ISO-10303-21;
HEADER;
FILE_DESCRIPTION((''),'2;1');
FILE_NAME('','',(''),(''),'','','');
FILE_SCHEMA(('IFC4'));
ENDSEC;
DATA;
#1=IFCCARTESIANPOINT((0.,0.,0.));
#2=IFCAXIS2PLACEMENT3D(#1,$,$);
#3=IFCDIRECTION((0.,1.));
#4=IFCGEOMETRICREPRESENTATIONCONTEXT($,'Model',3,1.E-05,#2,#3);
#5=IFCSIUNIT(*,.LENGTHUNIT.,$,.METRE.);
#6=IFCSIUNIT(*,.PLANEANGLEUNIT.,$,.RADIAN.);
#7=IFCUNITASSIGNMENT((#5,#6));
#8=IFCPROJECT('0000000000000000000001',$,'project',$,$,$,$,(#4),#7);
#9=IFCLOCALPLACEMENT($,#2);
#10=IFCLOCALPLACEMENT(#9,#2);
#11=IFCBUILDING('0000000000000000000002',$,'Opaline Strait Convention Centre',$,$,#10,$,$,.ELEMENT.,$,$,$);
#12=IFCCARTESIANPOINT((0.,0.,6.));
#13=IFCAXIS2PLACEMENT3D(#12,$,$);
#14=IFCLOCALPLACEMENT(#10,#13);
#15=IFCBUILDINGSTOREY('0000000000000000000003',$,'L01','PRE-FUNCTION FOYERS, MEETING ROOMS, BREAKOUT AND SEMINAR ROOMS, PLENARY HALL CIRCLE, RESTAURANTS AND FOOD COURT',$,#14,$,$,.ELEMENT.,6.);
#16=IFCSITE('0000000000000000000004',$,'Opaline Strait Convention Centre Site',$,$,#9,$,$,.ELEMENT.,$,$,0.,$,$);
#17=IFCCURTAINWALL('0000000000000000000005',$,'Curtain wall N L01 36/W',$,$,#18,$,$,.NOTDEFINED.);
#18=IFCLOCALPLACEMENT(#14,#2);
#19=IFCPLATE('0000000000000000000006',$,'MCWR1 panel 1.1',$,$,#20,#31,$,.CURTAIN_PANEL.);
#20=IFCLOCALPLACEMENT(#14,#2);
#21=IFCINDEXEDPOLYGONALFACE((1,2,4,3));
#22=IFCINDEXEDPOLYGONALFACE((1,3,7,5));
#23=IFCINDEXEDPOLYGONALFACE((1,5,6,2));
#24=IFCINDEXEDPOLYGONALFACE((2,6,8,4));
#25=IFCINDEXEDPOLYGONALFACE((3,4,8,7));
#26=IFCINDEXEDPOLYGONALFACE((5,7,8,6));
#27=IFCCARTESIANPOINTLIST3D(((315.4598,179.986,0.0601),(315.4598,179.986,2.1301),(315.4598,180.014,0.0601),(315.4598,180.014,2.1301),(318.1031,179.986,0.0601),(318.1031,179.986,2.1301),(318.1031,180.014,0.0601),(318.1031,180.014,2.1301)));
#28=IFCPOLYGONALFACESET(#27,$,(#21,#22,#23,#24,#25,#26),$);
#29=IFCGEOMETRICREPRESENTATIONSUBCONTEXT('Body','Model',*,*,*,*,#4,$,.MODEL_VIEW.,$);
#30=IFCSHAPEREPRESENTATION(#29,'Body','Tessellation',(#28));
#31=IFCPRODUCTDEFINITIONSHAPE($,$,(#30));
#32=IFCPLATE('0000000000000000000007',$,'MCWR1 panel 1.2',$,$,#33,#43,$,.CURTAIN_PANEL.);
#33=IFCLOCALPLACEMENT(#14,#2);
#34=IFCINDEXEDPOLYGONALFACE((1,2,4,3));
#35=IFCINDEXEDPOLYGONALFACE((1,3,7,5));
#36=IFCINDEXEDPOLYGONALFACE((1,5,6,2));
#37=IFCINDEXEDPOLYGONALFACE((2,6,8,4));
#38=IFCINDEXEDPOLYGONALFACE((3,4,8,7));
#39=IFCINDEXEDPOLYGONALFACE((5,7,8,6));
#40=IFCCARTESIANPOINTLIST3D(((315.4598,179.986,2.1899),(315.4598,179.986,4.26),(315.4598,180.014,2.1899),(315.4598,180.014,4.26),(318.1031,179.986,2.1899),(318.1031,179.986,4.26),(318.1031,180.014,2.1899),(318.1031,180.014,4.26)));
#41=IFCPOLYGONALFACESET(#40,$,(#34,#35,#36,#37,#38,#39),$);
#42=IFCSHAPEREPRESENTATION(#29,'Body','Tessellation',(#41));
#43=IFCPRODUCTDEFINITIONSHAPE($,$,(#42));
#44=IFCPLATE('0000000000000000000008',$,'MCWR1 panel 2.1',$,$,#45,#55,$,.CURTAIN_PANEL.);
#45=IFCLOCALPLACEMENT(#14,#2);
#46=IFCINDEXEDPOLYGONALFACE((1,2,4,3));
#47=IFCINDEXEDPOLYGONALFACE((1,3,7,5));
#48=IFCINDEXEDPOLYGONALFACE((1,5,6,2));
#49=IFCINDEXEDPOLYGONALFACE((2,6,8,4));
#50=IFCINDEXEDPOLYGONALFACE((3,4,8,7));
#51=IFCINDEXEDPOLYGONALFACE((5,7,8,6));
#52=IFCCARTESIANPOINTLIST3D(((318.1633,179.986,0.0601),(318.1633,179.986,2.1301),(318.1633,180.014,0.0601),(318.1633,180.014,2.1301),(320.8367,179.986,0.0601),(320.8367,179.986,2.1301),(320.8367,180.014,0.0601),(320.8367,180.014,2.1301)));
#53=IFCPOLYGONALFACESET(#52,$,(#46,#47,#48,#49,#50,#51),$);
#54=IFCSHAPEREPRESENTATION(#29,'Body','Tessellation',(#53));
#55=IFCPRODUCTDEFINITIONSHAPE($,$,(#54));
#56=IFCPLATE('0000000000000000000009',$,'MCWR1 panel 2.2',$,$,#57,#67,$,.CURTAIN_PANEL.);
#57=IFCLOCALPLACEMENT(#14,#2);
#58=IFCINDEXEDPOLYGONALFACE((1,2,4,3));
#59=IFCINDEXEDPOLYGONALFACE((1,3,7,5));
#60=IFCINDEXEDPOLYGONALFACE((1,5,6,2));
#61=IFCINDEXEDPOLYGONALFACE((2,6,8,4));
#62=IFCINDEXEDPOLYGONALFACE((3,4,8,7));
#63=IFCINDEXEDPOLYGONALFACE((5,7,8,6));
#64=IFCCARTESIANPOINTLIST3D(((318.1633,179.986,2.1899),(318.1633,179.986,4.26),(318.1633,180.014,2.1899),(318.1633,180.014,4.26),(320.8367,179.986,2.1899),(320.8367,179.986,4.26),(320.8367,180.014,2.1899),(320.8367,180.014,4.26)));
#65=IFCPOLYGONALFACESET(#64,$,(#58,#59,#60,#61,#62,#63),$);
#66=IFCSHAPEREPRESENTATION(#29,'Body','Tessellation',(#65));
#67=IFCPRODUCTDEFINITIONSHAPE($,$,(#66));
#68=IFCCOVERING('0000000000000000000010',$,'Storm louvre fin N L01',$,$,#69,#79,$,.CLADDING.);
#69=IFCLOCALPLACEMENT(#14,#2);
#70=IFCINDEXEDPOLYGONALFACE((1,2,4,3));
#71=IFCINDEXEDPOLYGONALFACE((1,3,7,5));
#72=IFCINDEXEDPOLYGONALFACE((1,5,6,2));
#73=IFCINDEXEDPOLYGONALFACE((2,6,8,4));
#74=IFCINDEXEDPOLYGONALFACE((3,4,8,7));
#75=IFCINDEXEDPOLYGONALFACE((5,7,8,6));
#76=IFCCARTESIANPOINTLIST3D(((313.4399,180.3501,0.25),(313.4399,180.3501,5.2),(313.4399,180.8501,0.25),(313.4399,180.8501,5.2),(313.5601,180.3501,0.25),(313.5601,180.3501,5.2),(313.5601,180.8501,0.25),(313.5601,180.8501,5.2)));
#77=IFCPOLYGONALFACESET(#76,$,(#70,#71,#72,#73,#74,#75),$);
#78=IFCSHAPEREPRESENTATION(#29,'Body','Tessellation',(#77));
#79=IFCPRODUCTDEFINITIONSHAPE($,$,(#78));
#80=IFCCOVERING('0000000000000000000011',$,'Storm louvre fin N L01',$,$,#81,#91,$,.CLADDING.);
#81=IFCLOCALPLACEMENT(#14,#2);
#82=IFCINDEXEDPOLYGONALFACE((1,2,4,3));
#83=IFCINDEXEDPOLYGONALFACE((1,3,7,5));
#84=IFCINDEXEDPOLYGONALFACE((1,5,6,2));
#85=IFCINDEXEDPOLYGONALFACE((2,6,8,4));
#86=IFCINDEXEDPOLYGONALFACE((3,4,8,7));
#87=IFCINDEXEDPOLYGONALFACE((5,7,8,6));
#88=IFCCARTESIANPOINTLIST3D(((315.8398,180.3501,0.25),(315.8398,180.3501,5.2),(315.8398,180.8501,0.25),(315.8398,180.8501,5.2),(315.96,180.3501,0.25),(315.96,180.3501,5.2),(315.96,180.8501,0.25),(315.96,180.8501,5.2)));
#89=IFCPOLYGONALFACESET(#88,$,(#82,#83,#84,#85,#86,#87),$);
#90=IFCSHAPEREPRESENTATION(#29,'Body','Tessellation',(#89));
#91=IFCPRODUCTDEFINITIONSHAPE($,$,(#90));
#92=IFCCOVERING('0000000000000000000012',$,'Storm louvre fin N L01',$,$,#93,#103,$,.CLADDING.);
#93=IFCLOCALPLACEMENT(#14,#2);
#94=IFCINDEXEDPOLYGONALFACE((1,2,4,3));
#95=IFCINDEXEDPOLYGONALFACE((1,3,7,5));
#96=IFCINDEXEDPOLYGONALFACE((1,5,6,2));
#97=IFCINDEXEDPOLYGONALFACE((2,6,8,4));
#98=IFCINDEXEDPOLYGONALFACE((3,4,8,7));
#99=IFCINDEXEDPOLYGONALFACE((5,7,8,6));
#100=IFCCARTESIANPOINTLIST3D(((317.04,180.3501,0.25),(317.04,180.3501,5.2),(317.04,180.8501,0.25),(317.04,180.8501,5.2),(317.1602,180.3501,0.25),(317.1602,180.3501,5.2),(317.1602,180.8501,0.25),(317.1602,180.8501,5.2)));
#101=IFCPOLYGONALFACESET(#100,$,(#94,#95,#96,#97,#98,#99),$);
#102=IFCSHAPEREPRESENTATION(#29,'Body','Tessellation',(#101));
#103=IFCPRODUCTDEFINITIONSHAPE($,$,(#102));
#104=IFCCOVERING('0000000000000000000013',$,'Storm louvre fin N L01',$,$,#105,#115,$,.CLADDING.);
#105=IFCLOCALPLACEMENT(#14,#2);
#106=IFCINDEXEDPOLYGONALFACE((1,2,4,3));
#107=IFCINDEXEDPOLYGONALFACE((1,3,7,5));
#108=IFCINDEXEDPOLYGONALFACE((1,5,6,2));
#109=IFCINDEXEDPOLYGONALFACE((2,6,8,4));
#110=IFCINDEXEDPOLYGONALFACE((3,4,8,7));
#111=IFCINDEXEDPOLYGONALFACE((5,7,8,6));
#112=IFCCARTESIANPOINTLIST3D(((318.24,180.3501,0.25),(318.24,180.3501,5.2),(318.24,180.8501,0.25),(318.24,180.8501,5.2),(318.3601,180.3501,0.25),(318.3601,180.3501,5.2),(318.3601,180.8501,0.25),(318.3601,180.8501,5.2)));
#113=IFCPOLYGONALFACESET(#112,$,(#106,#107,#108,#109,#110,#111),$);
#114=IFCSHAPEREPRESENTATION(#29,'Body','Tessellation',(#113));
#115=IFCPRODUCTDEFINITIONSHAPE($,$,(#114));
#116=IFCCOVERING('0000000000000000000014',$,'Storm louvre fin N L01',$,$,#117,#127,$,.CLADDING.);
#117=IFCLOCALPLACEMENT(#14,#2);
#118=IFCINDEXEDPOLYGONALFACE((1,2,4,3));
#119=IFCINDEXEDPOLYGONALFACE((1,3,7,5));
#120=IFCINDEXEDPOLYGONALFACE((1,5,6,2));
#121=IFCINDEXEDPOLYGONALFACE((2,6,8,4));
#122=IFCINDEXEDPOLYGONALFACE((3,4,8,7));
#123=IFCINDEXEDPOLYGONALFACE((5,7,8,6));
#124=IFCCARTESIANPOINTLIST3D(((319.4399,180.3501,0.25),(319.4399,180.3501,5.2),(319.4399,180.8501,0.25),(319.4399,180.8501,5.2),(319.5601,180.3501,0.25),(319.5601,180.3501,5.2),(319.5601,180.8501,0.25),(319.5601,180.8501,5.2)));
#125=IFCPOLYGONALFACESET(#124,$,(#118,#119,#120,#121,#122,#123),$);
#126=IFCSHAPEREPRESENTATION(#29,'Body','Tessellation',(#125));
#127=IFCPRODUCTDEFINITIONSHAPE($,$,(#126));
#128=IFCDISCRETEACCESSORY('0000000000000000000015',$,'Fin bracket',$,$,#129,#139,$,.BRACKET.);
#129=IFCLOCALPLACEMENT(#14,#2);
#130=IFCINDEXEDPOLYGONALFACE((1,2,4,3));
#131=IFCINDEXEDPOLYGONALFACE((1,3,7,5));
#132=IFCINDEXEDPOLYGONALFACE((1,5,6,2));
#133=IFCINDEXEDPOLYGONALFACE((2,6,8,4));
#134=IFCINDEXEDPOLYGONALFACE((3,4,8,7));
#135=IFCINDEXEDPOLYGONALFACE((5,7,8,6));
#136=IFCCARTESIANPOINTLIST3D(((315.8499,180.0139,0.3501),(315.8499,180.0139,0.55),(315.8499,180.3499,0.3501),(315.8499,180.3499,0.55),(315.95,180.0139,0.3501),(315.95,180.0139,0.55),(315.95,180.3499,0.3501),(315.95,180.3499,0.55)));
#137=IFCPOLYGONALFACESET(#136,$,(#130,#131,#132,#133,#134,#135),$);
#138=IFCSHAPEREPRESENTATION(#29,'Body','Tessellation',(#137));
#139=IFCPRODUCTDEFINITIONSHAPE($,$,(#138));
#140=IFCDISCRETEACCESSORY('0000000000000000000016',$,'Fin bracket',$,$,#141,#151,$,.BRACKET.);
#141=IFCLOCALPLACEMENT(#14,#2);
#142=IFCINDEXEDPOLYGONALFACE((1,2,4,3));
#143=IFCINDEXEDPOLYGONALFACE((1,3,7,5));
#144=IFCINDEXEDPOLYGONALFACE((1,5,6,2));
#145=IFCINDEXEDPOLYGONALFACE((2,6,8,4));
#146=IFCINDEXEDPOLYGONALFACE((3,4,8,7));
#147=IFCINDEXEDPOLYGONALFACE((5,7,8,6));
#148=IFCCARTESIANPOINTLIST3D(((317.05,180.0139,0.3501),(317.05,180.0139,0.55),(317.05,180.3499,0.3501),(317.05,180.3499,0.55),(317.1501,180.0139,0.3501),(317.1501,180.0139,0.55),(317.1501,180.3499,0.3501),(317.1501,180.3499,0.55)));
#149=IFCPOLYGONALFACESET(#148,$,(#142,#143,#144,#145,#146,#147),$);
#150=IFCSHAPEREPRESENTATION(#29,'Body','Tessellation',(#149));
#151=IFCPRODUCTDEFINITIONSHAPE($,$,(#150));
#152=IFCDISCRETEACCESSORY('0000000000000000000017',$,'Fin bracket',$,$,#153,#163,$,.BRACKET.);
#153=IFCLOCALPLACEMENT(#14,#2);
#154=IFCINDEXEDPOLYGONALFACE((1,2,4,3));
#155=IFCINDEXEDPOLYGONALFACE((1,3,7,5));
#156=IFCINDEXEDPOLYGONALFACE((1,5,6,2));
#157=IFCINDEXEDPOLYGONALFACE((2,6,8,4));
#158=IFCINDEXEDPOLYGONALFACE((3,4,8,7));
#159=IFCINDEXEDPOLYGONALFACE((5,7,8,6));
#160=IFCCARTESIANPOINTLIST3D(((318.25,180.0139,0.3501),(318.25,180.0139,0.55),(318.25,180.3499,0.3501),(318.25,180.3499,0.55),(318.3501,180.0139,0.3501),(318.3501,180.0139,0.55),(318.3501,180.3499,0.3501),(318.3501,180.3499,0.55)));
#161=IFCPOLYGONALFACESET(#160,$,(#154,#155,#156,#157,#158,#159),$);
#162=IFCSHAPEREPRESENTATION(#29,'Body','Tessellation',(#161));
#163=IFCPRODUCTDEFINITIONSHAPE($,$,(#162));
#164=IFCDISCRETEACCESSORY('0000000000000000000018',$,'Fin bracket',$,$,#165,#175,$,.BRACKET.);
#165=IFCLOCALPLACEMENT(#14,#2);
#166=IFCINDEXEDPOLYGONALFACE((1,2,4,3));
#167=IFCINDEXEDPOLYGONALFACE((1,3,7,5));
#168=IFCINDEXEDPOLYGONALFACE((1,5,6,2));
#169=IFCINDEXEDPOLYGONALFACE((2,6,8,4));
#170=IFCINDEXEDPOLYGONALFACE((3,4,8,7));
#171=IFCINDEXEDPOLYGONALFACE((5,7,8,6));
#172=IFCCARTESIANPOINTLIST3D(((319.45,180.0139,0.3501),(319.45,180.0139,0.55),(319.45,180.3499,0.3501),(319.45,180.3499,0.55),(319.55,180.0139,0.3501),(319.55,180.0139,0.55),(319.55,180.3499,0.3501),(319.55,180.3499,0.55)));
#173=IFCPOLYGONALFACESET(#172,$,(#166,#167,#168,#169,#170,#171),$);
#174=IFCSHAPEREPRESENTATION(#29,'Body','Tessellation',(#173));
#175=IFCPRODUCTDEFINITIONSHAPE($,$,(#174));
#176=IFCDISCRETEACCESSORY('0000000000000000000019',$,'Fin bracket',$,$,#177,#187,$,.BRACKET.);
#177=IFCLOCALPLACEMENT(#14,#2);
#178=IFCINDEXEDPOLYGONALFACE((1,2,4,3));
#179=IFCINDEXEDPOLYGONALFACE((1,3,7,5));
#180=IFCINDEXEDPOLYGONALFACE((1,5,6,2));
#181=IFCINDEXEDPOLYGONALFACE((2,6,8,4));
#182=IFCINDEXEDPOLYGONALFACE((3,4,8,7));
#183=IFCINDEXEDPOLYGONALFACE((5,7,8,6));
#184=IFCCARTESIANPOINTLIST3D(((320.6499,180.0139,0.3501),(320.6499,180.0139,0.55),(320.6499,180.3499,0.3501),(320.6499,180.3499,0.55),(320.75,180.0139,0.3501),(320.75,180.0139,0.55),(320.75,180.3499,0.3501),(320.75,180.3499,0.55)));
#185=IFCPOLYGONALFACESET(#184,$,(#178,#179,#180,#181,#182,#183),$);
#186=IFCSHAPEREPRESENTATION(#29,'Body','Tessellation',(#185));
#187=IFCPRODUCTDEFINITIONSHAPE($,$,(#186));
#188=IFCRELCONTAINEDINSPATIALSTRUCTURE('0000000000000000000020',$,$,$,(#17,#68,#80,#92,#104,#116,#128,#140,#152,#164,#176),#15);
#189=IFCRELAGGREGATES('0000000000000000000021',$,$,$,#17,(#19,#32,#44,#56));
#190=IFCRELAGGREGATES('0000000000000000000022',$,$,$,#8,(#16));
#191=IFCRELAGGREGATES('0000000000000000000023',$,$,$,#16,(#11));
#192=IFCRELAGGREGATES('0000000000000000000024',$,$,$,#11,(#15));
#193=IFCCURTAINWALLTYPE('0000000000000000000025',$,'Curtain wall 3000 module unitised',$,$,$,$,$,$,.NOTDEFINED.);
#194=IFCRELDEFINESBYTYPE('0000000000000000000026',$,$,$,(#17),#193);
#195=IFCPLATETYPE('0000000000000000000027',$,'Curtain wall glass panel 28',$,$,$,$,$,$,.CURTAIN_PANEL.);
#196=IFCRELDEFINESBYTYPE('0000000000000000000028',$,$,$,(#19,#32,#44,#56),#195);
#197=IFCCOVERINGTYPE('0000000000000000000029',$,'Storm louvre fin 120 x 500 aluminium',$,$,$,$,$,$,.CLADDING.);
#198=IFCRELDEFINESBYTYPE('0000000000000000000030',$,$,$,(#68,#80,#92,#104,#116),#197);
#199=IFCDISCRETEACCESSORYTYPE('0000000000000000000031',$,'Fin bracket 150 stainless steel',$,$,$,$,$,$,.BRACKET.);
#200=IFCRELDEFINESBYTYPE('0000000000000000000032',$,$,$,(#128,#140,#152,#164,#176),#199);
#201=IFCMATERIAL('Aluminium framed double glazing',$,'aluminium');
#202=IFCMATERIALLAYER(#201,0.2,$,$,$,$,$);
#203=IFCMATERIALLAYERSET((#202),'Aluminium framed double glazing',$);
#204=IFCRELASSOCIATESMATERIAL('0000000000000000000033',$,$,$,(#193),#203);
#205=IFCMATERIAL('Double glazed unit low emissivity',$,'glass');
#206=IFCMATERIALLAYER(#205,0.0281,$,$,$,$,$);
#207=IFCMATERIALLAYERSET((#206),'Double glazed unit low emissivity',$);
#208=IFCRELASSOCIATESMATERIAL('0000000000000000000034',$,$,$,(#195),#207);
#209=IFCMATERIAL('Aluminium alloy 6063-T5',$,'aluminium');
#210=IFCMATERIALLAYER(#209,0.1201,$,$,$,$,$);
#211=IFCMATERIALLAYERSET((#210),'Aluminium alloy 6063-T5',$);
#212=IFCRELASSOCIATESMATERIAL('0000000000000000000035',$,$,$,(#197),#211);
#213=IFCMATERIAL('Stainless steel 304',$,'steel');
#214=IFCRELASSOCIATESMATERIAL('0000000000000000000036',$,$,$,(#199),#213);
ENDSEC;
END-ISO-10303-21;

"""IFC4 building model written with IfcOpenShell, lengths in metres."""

from ifc_helpers import new_model, si_unit, direction, frame, origin, origin_2d, place, context, subcontext, project, spatial, rectangle, extrude, material, layer, layer_set, type_object, element, aggregate, save


model = new_model("IFC4")

# Units and contexts
model_context = context("Model", 3, precision=1e-05, world=origin(), true_north=direction((0.0, 1.0)))
body_context = subcontext(model_context, "Body", "Model", "MODEL_VIEW")
ifc_project = project(units=[si_unit("LENGTHUNIT", "METRE"), si_unit("PLANEANGLEUNIT", "RADIAN")], contexts=[model_context])

# Site, building, storey
site_placement = place(None, origin())
site = spatial("IfcSite", under=ifc_project, at=site_placement, Name="Opaline Strait Convention Centre Site", CompositionType="ELEMENT", RefElevation=0.0)
building_placement = place(site_placement, origin())
building = spatial("IfcBuilding", under=site, at=building_placement, Name="Opaline Strait Convention Centre", CompositionType="ELEMENT")
storey_placement = place(building_placement, frame((0.0, 0.0, 6.0)))
storey = spatial("IfcBuildingStorey", under=building, at=storey_placement, Name="L01", Description="PRE-FUNCTION FOYERS, MEETING ROOMS, BREAKOUT AND SEMINAR ROOMS, PLENARY HALL CIRCLE, RESTAURANTS AND FOOD COURT", CompositionType="ELEMENT", Elevation=6.0)

# Shared definitions
ifc_material_1 = material(Name="Aluminium framed double glazing", Category="aluminium")
ifc_layer_1 = layer(ifc_material_1, 0.2)
ifc_layer_set_1 = layer_set([ifc_layer_1], Name="Aluminium framed double glazing")
curtain_wall_type = type_object("IfcCurtainWallType", Name="Curtain wall 3000 module unitised", PredefinedType="NOTDEFINED", material=ifc_layer_set_1)

# Curtain wall
curtain_wall_1_placement = place(storey_placement, origin())
curtain_wall_1 = element("IfcCurtainWall", 1, at=curtain_wall_1_placement, inside=storey, type_object=curtain_wall_type, Name="Curtain wall N L01 36/W", PredefinedType="NOTDEFINED")

# Plates
ifc_material_2 = material(Name="Double glazed unit low emissivity", Category="glass")
ifc_layer_2 = layer(ifc_material_2, 0.0281)
ifc_layer_set_2 = layer_set([ifc_layer_2], Name="Double glazed unit low emissivity")
plate_type = type_object("IfcPlateType", Name="Curtain wall glass panel 28", PredefinedType="CURTAIN_PANEL", material=ifc_layer_set_2)
plate_1_placement = place(storey_placement, frame((316.7815, 180.0, 0.0601), z_axis=(0.0, 0.0, 1.0), x_axis=(1.0, 0.0, 0.0)))
plate_1 = element("IfcPlate", 2, at=plate_1_placement, type_object=plate_type, Name="MCWR1 panel 1.1", PredefinedType="CURTAIN_PANEL", context=body_context, shape_type="SweptSolid", body=[
    extrude(rectangle(XDim=2.6433, YDim=0.0281, at=origin_2d()), origin(), (0.0, 0.0, 1.0), 2.0701),
])
plate_2_placement = place(storey_placement, frame((316.7815, 180.0, 2.1899), z_axis=(0.0, 0.0, 1.0), x_axis=(1.0, 0.0, 0.0)))
plate_2 = element("IfcPlate", 3, at=plate_2_placement, type_object=plate_type, Name="MCWR1 panel 1.2", PredefinedType="CURTAIN_PANEL", context=body_context, shape_type="SweptSolid", body=[
    extrude(rectangle(XDim=2.6433, YDim=0.0281, at=origin_2d()), origin(), (0.0, 0.0, 1.0), 2.0701),
])
plate_3_placement = place(storey_placement, frame((319.5, 180.0, 0.0601), z_axis=(0.0, 0.0, 1.0), x_axis=(1.0, 0.0, 0.0)))
plate_3 = element("IfcPlate", 4, at=plate_3_placement, type_object=plate_type, Name="MCWR1 panel 2.1", PredefinedType="CURTAIN_PANEL", context=body_context, shape_type="SweptSolid", body=[
    extrude(rectangle(XDim=2.6733, YDim=0.0281, at=origin_2d()), origin(), (0.0, 0.0, 1.0), 2.0701),
])
plate_4_placement = place(storey_placement, frame((319.5, 180.0, 2.1899), z_axis=(0.0, 0.0, 1.0), x_axis=(1.0, 0.0, 0.0)))
plate_4 = element("IfcPlate", 5, at=plate_4_placement, type_object=plate_type, Name="MCWR1 panel 2.2", PredefinedType="CURTAIN_PANEL", context=body_context, shape_type="SweptSolid", body=[
    extrude(rectangle(XDim=2.6733, YDim=0.0281, at=origin_2d()), origin(), (0.0, 0.0, 1.0), 2.0701),
])
aggregate(curtain_wall_1, [plate_1, plate_2, plate_3, plate_4])

# Coverings
ifc_material_3 = material(Name="Aluminium alloy 6063-T5", Category="aluminium")
ifc_layer_3 = layer(ifc_material_3, 0.1201)
ifc_layer_set_3 = layer_set([ifc_layer_3], Name="Aluminium alloy 6063-T5")
covering_type = type_object("IfcCoveringType", Name="Storm louvre fin 120 x 500 aluminium", PredefinedType="CLADDING", material=ifc_layer_set_3)
for number, where, z_axis, x_axis, name in (
    (6, (313.5, 180.6001, 0.25), (0.0, 0.0, 1.0), (1.0, 0.0, 0.0), "Storm louvre fin N L01"),
    (7, (315.8999, 180.6001, 0.25), (0.0, 0.0, 1.0), (1.0, 0.0, 0.0), "Storm louvre fin N L01"),
    (8, (317.1001, 180.6001, 0.25), (0.0, 0.0, 1.0), (1.0, 0.0, 0.0), "Storm louvre fin N L01"),
    (9, (318.3, 180.6001, 0.25), (0.0, 0.0, 1.0), (1.0, 0.0, 0.0), "Storm louvre fin N L01"),
    (10, (319.5, 180.6001, 0.25), (0.0, 0.0, 1.0), (1.0, 0.0, 0.0), "Storm louvre fin N L01"),
):
    element("IfcCovering", number, at=place(storey_placement, frame(where, z_axis=z_axis, x_axis=x_axis)), inside=storey, type_object=covering_type, Name=name, PredefinedType="CLADDING", context=body_context, shape_type="SweptSolid", body=[
        extrude(rectangle(XDim=0.1201, YDim=0.5, at=origin_2d()), origin(), (0.0, 0.0, 1.0), 4.95),
    ])

# Discrete accessories
ifc_material_4 = material(Name="Stainless steel 304", Category="steel")
discrete_accessory_type = type_object("IfcDiscreteAccessoryType", Name="Fin bracket 150 stainless steel", PredefinedType="BRACKET", material=ifc_material_4)
for number, where, z_axis, x_axis, name in (
    (11, (315.8999, 180.1819, 0.3501), (0.0, 0.0, 1.0), (1.0, 0.0, 0.0), "Fin bracket"),
    (12, (317.1001, 180.1819, 0.3501), (0.0, 0.0, 1.0), (1.0, 0.0, 0.0), "Fin bracket"),
    (13, (318.3, 180.1819, 0.3501), (0.0, 0.0, 1.0), (1.0, 0.0, 0.0), "Fin bracket"),
    (14, (319.5, 180.1819, 0.3501), (0.0, 0.0, 1.0), (1.0, 0.0, 0.0), "Fin bracket"),
    (15, (320.7, 180.1819, 0.3501), (0.0, 0.0, 1.0), (1.0, 0.0, 0.0), "Fin bracket"),
):
    element("IfcDiscreteAccessory", number, at=place(storey_placement, frame(where, z_axis=z_axis, x_axis=x_axis)), inside=storey, type_object=discrete_accessory_type, Name=name, PredefinedType="BRACKET", context=body_context, shape_type="SweptSolid", body=[
        extrude(rectangle(XDim=0.1001, YDim=0.3359, at=origin_2d()), origin(), (0.0, 0.0, 1.0), 0.2),
    ])

save(model, "model.ifc")
